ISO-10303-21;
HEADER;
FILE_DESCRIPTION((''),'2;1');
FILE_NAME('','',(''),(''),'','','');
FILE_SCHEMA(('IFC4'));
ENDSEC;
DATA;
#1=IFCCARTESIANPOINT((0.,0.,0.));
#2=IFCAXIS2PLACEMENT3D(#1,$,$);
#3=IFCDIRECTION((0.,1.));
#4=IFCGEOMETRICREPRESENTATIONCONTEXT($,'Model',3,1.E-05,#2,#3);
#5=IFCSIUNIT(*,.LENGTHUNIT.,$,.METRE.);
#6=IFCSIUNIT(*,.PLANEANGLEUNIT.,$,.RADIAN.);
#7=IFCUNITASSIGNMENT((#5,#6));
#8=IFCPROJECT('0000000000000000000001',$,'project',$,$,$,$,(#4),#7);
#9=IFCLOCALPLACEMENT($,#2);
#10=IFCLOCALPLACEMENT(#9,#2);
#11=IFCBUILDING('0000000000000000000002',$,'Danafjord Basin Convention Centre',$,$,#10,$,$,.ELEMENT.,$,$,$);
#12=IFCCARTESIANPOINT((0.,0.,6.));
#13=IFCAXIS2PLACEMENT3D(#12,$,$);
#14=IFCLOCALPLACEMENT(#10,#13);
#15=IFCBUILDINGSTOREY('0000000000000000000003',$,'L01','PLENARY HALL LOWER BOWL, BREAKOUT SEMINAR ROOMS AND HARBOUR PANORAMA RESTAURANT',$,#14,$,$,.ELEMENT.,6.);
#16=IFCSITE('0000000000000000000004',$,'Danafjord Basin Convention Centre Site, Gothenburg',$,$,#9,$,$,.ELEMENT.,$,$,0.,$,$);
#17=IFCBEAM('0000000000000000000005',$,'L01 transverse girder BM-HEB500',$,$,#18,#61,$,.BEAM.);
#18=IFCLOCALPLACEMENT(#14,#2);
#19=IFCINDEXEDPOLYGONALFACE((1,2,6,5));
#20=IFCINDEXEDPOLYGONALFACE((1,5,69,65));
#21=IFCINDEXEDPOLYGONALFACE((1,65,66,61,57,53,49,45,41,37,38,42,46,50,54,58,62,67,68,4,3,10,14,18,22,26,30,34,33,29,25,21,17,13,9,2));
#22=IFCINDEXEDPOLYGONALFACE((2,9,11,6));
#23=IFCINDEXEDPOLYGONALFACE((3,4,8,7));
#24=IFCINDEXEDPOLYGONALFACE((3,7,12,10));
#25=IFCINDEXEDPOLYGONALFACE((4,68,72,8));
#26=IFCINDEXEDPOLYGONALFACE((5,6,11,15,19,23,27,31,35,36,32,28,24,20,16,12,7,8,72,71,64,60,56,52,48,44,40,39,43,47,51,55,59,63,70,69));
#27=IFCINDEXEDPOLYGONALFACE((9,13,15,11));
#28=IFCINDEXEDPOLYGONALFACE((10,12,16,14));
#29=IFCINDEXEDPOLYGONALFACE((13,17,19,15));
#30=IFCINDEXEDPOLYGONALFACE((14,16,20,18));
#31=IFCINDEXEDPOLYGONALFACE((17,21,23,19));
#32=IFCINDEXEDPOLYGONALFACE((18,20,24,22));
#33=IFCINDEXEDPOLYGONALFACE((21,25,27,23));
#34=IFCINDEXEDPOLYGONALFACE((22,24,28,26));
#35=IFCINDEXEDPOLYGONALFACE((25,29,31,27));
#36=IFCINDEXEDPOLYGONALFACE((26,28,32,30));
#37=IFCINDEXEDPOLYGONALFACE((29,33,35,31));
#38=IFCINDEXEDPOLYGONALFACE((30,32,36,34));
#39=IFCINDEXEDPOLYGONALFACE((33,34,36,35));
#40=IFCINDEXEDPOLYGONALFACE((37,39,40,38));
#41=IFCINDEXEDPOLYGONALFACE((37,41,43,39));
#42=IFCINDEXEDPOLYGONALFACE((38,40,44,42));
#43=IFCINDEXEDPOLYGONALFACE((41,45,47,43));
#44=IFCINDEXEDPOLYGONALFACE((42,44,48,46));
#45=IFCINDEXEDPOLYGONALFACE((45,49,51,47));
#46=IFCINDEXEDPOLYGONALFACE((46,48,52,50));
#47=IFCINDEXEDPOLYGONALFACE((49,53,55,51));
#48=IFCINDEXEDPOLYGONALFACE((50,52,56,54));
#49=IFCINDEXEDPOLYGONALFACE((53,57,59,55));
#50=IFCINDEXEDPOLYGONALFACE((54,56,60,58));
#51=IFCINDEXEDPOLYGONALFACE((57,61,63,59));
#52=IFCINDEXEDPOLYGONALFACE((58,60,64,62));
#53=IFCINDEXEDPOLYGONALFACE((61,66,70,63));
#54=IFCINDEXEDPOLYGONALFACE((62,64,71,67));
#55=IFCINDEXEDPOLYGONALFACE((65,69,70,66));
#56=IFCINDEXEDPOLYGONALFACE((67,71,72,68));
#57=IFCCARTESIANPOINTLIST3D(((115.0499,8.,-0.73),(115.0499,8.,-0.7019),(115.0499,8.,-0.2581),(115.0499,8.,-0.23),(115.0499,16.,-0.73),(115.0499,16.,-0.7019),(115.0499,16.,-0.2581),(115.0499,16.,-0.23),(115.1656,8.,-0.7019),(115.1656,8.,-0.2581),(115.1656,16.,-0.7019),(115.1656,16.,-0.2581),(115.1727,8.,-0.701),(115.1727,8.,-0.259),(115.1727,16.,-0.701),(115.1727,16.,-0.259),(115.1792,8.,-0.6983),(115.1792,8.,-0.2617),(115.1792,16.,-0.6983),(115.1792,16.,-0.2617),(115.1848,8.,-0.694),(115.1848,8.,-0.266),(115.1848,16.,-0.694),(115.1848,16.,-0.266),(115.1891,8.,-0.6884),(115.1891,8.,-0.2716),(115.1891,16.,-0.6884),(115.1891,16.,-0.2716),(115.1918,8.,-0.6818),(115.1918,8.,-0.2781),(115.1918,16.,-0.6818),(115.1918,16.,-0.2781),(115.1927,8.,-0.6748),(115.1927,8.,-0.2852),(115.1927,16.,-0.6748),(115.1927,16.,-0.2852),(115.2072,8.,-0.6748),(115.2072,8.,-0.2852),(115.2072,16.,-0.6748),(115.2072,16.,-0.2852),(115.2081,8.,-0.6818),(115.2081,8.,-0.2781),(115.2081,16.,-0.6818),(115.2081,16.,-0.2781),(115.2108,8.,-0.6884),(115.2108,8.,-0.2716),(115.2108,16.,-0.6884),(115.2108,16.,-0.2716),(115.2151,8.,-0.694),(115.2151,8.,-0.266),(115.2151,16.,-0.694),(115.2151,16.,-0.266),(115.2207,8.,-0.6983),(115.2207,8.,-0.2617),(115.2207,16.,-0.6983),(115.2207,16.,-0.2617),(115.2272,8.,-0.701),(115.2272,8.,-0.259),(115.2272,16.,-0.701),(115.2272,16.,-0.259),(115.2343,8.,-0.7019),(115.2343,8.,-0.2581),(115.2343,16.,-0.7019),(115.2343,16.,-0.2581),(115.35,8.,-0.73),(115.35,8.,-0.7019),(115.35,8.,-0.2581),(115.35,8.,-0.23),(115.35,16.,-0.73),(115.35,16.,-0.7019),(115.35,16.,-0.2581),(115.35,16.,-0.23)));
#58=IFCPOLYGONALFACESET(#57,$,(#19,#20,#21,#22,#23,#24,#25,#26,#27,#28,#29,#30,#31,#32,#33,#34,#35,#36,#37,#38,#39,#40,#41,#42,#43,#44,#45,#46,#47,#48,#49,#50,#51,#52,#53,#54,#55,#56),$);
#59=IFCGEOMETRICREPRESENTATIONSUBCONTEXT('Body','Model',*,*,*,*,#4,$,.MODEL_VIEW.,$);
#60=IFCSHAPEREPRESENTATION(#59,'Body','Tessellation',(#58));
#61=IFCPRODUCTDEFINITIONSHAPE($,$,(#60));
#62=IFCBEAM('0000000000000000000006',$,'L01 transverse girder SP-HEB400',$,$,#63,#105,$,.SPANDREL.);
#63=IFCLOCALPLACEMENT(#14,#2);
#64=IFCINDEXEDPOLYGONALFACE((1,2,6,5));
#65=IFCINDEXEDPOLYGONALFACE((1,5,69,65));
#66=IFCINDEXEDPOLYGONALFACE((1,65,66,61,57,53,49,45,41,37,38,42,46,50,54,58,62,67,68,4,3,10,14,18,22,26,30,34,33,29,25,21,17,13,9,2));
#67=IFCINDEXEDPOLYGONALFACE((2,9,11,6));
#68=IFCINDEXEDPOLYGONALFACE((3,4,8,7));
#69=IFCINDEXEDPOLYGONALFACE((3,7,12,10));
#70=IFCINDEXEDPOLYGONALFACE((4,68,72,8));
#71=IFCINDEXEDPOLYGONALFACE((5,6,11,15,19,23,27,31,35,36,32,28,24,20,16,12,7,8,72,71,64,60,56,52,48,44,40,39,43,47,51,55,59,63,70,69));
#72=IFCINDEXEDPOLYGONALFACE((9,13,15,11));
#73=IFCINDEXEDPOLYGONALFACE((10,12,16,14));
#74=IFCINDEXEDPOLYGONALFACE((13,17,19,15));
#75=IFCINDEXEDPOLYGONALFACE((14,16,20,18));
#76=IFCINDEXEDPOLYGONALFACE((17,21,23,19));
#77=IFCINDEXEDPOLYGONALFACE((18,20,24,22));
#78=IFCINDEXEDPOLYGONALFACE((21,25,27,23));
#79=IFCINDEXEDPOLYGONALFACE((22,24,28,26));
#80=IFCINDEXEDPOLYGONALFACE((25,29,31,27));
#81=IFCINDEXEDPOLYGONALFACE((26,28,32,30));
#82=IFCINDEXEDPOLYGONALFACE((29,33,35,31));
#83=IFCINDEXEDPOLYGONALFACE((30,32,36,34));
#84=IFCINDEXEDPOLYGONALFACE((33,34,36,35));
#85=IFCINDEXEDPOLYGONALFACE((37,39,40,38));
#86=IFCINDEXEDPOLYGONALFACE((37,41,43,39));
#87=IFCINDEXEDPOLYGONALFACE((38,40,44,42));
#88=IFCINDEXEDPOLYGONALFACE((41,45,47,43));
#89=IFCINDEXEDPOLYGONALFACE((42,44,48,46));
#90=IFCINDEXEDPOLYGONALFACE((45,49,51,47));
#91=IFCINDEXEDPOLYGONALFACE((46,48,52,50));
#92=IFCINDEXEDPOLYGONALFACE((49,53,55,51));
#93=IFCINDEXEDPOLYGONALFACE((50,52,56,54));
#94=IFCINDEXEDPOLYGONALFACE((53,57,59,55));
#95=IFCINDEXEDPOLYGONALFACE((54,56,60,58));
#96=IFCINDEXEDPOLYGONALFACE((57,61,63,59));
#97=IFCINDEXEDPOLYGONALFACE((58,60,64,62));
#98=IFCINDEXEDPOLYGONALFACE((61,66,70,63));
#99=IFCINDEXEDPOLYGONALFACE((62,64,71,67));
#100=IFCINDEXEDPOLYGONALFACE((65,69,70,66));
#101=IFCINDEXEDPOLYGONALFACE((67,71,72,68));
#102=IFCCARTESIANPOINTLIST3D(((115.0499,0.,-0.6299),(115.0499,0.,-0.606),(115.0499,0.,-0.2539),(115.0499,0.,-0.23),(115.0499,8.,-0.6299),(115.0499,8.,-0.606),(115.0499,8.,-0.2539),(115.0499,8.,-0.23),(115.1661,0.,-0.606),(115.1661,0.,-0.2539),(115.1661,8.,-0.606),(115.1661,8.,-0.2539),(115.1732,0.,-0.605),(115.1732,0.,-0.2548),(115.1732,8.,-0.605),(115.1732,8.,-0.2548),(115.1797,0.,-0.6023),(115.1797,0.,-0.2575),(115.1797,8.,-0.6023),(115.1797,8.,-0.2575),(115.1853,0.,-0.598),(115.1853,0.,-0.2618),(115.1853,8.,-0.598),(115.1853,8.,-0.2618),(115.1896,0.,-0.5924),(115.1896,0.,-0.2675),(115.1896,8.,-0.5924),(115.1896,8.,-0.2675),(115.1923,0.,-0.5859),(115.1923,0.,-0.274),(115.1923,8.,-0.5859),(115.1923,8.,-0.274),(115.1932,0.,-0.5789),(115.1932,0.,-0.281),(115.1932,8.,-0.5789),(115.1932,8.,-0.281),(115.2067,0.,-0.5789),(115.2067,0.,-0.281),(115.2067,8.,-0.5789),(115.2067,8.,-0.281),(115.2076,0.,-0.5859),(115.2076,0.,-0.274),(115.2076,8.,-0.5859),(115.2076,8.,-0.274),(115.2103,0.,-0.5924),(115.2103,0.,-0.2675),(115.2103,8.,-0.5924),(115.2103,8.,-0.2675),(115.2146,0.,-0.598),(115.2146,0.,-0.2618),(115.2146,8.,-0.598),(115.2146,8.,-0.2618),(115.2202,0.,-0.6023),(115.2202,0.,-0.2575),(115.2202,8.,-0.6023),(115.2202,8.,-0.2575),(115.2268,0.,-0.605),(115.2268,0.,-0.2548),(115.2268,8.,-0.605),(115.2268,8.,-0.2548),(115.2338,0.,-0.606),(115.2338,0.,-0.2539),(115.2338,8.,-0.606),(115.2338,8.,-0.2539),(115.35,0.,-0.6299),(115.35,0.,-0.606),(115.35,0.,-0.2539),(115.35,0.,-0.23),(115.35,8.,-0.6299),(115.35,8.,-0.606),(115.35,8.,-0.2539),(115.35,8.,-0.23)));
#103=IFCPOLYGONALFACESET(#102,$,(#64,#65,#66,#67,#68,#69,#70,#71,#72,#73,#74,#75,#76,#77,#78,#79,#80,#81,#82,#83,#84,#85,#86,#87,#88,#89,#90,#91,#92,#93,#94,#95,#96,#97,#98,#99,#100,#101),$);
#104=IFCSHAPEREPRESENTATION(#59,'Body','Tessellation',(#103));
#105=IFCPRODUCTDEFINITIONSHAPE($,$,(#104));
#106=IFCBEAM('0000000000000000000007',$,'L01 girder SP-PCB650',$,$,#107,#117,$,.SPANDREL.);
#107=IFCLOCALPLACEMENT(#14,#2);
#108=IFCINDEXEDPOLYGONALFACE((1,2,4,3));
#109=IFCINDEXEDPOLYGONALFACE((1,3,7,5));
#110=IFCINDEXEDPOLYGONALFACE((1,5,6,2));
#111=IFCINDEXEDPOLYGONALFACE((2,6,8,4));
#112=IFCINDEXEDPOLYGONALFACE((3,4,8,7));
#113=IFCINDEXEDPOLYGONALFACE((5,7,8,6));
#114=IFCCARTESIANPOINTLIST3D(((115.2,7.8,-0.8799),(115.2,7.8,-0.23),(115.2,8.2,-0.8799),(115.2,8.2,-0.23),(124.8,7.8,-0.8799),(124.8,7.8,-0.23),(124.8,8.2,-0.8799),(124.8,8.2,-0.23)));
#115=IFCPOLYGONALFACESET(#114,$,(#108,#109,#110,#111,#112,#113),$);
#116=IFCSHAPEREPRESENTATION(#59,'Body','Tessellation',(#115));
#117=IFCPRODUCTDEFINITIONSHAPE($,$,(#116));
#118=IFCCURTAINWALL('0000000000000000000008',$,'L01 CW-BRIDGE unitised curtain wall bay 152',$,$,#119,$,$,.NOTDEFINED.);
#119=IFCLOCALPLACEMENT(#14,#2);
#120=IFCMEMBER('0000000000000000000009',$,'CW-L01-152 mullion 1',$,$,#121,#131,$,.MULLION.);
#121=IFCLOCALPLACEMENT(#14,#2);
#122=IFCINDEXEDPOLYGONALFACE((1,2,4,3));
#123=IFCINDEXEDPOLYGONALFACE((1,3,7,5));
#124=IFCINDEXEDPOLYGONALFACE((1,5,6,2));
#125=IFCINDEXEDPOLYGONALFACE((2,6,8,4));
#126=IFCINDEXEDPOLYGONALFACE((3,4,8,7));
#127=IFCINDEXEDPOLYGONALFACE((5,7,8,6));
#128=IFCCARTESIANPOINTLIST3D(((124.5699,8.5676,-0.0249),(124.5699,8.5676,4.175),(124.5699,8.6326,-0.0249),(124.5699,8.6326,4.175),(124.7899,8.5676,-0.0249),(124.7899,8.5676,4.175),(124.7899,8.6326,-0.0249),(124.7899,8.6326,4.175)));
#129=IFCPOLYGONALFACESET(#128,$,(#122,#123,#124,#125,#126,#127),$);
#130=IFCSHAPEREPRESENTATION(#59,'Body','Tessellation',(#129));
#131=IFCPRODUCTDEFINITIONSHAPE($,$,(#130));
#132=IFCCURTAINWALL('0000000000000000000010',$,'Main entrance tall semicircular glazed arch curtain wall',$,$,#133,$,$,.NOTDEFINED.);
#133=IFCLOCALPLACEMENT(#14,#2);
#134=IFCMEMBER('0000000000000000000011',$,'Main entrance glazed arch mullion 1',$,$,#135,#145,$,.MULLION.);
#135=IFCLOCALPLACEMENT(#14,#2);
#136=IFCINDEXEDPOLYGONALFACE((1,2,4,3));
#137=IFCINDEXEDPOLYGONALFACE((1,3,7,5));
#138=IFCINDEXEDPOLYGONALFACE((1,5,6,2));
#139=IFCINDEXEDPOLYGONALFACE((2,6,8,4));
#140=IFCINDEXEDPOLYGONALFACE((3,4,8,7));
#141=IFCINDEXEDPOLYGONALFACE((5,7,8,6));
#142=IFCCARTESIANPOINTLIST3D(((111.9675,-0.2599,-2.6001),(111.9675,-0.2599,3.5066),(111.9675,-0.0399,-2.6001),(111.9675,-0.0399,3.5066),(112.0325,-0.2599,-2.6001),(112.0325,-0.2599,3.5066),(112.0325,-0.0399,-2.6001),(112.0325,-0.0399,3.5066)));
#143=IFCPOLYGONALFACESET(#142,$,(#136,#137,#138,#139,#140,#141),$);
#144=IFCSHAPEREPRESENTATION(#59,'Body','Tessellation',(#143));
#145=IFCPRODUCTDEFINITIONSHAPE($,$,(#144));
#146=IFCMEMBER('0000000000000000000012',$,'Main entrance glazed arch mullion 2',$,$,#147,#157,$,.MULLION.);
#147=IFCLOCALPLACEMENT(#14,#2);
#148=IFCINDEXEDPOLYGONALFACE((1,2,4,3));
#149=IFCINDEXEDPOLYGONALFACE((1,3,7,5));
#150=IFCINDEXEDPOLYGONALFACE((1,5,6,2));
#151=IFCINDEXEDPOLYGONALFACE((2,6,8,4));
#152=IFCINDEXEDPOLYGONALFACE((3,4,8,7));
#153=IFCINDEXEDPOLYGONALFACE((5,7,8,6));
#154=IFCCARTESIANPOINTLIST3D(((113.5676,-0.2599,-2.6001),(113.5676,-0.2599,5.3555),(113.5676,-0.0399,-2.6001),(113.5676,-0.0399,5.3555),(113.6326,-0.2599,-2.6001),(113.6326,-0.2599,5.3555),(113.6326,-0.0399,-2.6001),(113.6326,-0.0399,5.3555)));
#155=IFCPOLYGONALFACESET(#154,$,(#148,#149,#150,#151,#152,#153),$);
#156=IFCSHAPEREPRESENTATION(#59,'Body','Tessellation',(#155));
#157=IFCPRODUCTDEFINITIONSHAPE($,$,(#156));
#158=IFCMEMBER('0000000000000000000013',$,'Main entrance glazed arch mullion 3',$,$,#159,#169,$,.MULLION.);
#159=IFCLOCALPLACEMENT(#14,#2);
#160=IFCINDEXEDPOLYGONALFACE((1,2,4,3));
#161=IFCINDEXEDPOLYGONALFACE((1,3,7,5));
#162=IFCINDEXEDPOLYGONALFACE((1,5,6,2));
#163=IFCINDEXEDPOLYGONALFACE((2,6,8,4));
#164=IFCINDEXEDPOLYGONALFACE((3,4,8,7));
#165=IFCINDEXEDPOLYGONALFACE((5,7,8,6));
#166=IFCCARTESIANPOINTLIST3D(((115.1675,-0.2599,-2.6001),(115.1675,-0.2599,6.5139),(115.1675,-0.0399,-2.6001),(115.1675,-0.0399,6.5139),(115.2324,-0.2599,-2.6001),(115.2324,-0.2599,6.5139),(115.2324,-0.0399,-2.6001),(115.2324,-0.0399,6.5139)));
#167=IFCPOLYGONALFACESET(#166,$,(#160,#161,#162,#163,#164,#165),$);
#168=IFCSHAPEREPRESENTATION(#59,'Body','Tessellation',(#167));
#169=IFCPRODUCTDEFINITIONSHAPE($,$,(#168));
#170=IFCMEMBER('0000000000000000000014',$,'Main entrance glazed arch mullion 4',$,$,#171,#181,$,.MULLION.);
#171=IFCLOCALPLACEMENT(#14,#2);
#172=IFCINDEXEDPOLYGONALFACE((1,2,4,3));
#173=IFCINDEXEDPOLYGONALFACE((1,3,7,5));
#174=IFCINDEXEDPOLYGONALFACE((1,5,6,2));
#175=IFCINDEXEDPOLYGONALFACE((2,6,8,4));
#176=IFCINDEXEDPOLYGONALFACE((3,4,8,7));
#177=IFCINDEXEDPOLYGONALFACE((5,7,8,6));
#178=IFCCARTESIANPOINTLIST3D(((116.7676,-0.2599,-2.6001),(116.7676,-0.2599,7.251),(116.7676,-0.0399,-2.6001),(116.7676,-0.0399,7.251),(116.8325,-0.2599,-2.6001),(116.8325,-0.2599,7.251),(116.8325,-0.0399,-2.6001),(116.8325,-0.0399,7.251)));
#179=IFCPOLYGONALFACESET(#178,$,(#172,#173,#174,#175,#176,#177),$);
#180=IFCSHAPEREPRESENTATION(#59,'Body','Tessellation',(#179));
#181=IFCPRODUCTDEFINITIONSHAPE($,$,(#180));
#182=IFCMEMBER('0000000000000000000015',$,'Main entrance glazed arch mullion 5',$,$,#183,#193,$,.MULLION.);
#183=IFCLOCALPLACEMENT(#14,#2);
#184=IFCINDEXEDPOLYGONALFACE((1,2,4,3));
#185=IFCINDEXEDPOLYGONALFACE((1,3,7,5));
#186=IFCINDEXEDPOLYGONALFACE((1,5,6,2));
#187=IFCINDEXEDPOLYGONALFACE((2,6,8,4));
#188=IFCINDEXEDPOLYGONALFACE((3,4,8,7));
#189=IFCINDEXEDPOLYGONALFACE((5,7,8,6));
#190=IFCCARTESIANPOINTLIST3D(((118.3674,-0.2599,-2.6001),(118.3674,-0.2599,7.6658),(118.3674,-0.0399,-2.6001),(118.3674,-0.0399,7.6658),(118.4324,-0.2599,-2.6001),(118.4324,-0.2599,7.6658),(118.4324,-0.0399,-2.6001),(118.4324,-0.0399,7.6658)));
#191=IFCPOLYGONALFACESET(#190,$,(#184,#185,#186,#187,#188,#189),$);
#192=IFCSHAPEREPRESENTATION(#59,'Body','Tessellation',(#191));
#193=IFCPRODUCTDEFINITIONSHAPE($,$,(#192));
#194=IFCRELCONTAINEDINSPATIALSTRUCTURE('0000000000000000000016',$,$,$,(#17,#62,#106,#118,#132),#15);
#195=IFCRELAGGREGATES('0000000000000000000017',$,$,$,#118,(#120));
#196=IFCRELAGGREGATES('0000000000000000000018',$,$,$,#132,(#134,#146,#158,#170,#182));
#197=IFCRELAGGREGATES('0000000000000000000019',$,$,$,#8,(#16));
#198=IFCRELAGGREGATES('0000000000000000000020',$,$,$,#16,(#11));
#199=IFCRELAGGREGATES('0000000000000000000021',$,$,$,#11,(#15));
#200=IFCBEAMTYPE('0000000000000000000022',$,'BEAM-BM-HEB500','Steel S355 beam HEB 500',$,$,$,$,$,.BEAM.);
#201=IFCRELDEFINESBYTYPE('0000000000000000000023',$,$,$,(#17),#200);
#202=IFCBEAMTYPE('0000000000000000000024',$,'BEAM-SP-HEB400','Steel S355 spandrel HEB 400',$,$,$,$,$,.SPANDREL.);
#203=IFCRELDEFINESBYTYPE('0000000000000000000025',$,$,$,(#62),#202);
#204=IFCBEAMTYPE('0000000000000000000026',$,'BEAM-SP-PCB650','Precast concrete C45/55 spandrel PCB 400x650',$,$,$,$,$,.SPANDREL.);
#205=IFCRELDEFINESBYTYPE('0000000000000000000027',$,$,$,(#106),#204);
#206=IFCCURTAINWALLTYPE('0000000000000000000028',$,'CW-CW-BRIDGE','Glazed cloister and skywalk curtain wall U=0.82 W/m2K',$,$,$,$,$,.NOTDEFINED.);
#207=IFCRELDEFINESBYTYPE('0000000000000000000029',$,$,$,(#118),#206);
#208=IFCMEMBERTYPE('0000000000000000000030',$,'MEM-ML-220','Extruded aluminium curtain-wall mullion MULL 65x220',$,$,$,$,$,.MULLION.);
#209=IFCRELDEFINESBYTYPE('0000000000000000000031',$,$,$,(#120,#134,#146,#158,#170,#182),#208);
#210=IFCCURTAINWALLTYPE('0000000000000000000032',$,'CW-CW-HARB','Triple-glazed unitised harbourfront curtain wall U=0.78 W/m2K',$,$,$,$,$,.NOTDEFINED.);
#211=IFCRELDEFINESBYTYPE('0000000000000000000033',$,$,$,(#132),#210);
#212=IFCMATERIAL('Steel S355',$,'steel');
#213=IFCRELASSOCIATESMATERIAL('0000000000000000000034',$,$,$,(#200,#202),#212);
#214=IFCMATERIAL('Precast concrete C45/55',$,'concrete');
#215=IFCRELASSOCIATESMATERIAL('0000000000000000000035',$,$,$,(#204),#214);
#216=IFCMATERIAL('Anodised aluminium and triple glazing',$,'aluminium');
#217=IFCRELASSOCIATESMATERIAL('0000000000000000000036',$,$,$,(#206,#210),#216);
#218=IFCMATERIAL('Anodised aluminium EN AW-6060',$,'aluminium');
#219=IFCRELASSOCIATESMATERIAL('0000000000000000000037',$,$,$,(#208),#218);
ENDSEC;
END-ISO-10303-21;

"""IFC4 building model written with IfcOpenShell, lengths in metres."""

from ifc_helpers import new_model, si_unit, direction, frame, origin, origin_2d, place, context, subcontext, project, spatial, rectangle, i_section, extrude, material, material_profile, profile_set, type_object, element, aggregate, save


model = new_model("IFC4")

# Units and contexts
model_context = context("Model", 3, precision=1e-05, world=origin(), true_north=direction((0.0, 1.0)))
body_context = subcontext(model_context, "Body", "Model", "MODEL_VIEW")
ifc_project = project(units=[si_unit("LENGTHUNIT", "METRE"), si_unit("PLANEANGLEUNIT", "RADIAN")], contexts=[model_context])

# Site, building, storey
site_placement = place(None, origin())
site = spatial("IfcSite", under=ifc_project, at=site_placement, Name="Danafjord Basin Convention Centre Site, Gothenburg", CompositionType="ELEMENT", RefElevation=0.0)
building_placement = place(site_placement, origin())
building = spatial("IfcBuilding", under=site, at=building_placement, Name="Danafjord Basin Convention Centre", CompositionType="ELEMENT")
storey_placement = place(building_placement, frame((0.0, 0.0, 6.0)))
storey = spatial("IfcBuildingStorey", under=building, at=storey_placement, Name="L01", Description="PLENARY HALL LOWER BOWL, BREAKOUT SEMINAR ROOMS AND HARBOUR PANORAMA RESTAURANT", CompositionType="ELEMENT", Elevation=6.0)

# Shared definitions
ifc_material_1 = material(Name="Steel S355", Category="steel")

# Beams
ifc_material_profile_1 = material_profile(ifc_material_1, i_section(OverallWidth=0.3, OverallDepth=0.5, WebThickness=0.0144, FlangeThickness=0.0281, FilletRadius=0.0271, at=origin_2d()), Name="HEB 500")
ifc_profile_set_1 = profile_set([ifc_material_profile_1], Name="Steel S355")
beam_type_1 = type_object("IfcBeamType", Name="BEAM-BM-HEB500", Description="Steel S355 beam HEB 500", PredefinedType="BEAM", material=ifc_profile_set_1)
beam_1_placement = place(storey_placement, frame((115.2, 8.0, -0.48), z_axis=(0.0, 1.0, 0.0), x_axis=(-1.0, 0.0, 0.0)))
element("IfcBeam", 1, at=beam_1_placement, inside=storey, type_object=beam_type_1, Name="L01 transverse girder BM-HEB500", PredefinedType="BEAM", context=body_context, shape_type="SweptSolid", body=[
    extrude(i_section(OverallWidth=0.3, OverallDepth=0.5, WebThickness=0.0144, FlangeThickness=0.0281, FilletRadius=0.0271, at=origin_2d()), origin(), (0.0, 0.0, 1.0), 8.0),
])
ifc_material_profile_2 = material_profile(ifc_material_1, i_section(OverallWidth=0.3, OverallDepth=0.3999, WebThickness=0.0134, FlangeThickness=0.0239, FilletRadius=0.0271, at=origin_2d()), Name="HEB 400")
ifc_profile_set_2 = profile_set([ifc_material_profile_2], Name="Steel S355")
beam_type_2 = type_object("IfcBeamType", Name="BEAM-SP-HEB400", Description="Steel S355 spandrel HEB 400", PredefinedType="SPANDREL", material=ifc_profile_set_2)
beam_2_placement = place(storey_placement, frame((115.2, 0.0, -0.4299), z_axis=(0.0, 1.0, 0.0), x_axis=(-1.0, 0.0, 0.0)))
element("IfcBeam", 2, at=beam_2_placement, inside=storey, type_object=beam_type_2, Name="L01 transverse girder SP-HEB400", PredefinedType="SPANDREL", context=body_context, shape_type="SweptSolid", body=[
    extrude(i_section(OverallWidth=0.3, OverallDepth=0.3999, WebThickness=0.0134, FlangeThickness=0.0239, FilletRadius=0.0271, at=origin_2d()), origin(), (0.0, 0.0, 1.0), 8.0),
])
ifc_material_2 = material(Name="Precast concrete C45/55", Category="concrete")
ifc_material_profile_3 = material_profile(ifc_material_2, rectangle(XDim=0.3999, YDim=0.6499, at=origin_2d()), Name="PCB 400x650")
ifc_profile_set_3 = profile_set([ifc_material_profile_3], Name="Precast concrete C45/55")
beam_type_3 = type_object("IfcBeamType", Name="BEAM-SP-PCB650", Description="Precast concrete C45/55 spandrel PCB 400x650", PredefinedType="SPANDREL", material=ifc_profile_set_3)
beam_3_placement = place(storey_placement, frame((115.2, 8.0, -0.5549), z_axis=(1.0, 0.0, 0.0), x_axis=(0.0, 1.0, 0.0)))
element("IfcBeam", 3, at=beam_3_placement, inside=storey, type_object=beam_type_3, Name="L01 girder SP-PCB650", PredefinedType="SPANDREL", context=body_context, shape_type="SweptSolid", body=[
    extrude(rectangle(XDim=0.3999, YDim=0.6499, at=origin_2d()), origin(), (0.0, 0.0, 1.0), 9.6001),
])

# Curtain wall, member
ifc_material_3 = material(Name="Anodised aluminium and triple glazing", Category="aluminium")
curtain_wall_type_1 = type_object("IfcCurtainWallType", Name="CW-CW-BRIDGE", Description="Glazed cloister and skywalk curtain wall U=0.82 W/m2K", PredefinedType="NOTDEFINED", material=ifc_material_3)
curtain_wall_1_placement = place(storey_placement, origin())
curtain_wall_1 = element("IfcCurtainWall", 4, at=curtain_wall_1_placement, inside=storey, type_object=curtain_wall_type_1, Name="L01 CW-BRIDGE unitised curtain wall bay 152", PredefinedType="NOTDEFINED")
ifc_material_4 = material(Name="Anodised aluminium EN AW-6060", Category="aluminium")
ifc_material_profile_4 = material_profile(ifc_material_4, rectangle(XDim=0.0649, YDim=0.22, at=origin_2d()), Name="MULL 65x220")
ifc_profile_set_4 = profile_set([ifc_material_profile_4], Name="Anodised aluminium EN AW-6060")
member_type_1 = type_object("IfcMemberType", Name="MEM-ML-220", Description="Extruded aluminium curtain-wall mullion MULL 65x220", PredefinedType="MULLION", material=ifc_profile_set_4)
member_1_placement = place(storey_placement, frame((124.6799, 8.6001, -0.0249), z_axis=(0.0, 0.0, 1.0), x_axis=(0.0, 1.0, 0.0)))
member_1 = element("IfcMember", 5, at=member_1_placement, type_object=member_type_1, Name="CW-L01-152 mullion 1", PredefinedType="MULLION", context=body_context, shape_type="SweptSolid", body=[
    extrude(rectangle(XDim=0.0649, YDim=0.22, at=origin_2d()), origin(), (0.0, 0.0, 1.0), 4.2),
])
aggregate(curtain_wall_1, [member_1])

# Curtain wall, members
curtain_wall_type_2 = type_object("IfcCurtainWallType", Name="CW-CW-HARB", Description="Triple-glazed unitised harbourfront curtain wall U=0.78 W/m2K", PredefinedType="NOTDEFINED", material=ifc_material_3)
curtain_wall_2_placement = place(storey_placement, origin())
curtain_wall_2 = element("IfcCurtainWall", 6, at=curtain_wall_2_placement, inside=storey, type_object=curtain_wall_type_2, Name="Main entrance tall semicircular glazed arch curtain wall", PredefinedType="NOTDEFINED")
member_2_placement = place(storey_placement, frame((112.0, -0.1499, -2.6001), z_axis=(0.0, 0.0, 1.0), x_axis=(1.0, 0.0, 0.0)))
member_2 = element("IfcMember", 7, at=member_2_placement, type_object=member_type_1, Name="Main entrance glazed arch mullion 1", PredefinedType="MULLION", context=body_context, shape_type="SweptSolid", body=[
    extrude(rectangle(XDim=0.0649, YDim=0.22, at=origin_2d()), origin(), (0.0, 0.0, 1.0), 6.1067),
])
member_3_placement = place(storey_placement, frame((113.6001, -0.1499, -2.6001), z_axis=(0.0, 0.0, 1.0), x_axis=(1.0, 0.0, 0.0)))
member_3 = element("IfcMember", 8, at=member_3_placement, type_object=member_type_1, Name="Main entrance glazed arch mullion 2", PredefinedType="MULLION", context=body_context, shape_type="SweptSolid", body=[
    extrude(rectangle(XDim=0.0649, YDim=0.22, at=origin_2d()), origin(), (0.0, 0.0, 1.0), 7.9556),
])
member_4_placement = place(storey_placement, frame((115.2, -0.1499, -2.6001), z_axis=(0.0, 0.0, 1.0), x_axis=(1.0, 0.0, 0.0)))
member_4 = element("IfcMember", 9, at=member_4_placement, type_object=member_type_1, Name="Main entrance glazed arch mullion 3", PredefinedType="MULLION", context=body_context, shape_type="SweptSolid", body=[
    extrude(rectangle(XDim=0.0649, YDim=0.22, at=origin_2d()), origin(), (0.0, 0.0, 1.0), 9.114),
])
member_5_placement = place(storey_placement, frame((116.8, -0.1499, -2.6001), z_axis=(0.0, 0.0, 1.0), x_axis=(1.0, 0.0, 0.0)))
member_5 = element("IfcMember", 10, at=member_5_placement, type_object=member_type_1, Name="Main entrance glazed arch mullion 4", PredefinedType="MULLION", context=body_context, shape_type="SweptSolid", body=[
    extrude(rectangle(XDim=0.0649, YDim=0.22, at=origin_2d()), origin(), (0.0, 0.0, 1.0), 9.8511),
])
member_6_placement = place(storey_placement, frame((118.3999, -0.1499, -2.6001), z_axis=(0.0, 0.0, 1.0), x_axis=(1.0, 0.0, 0.0)))
member_6 = element("IfcMember", 11, at=member_6_placement, type_object=member_type_1, Name="Main entrance glazed arch mullion 5", PredefinedType="MULLION", context=body_context, shape_type="SweptSolid", body=[
    extrude(rectangle(XDim=0.0649, YDim=0.22, at=origin_2d()), origin(), (0.0, 0.0, 1.0), 10.2659),
])
aggregate(curtain_wall_2, [member_2, member_3, member_4, member_5, member_6])

save(model, "model.ifc")
